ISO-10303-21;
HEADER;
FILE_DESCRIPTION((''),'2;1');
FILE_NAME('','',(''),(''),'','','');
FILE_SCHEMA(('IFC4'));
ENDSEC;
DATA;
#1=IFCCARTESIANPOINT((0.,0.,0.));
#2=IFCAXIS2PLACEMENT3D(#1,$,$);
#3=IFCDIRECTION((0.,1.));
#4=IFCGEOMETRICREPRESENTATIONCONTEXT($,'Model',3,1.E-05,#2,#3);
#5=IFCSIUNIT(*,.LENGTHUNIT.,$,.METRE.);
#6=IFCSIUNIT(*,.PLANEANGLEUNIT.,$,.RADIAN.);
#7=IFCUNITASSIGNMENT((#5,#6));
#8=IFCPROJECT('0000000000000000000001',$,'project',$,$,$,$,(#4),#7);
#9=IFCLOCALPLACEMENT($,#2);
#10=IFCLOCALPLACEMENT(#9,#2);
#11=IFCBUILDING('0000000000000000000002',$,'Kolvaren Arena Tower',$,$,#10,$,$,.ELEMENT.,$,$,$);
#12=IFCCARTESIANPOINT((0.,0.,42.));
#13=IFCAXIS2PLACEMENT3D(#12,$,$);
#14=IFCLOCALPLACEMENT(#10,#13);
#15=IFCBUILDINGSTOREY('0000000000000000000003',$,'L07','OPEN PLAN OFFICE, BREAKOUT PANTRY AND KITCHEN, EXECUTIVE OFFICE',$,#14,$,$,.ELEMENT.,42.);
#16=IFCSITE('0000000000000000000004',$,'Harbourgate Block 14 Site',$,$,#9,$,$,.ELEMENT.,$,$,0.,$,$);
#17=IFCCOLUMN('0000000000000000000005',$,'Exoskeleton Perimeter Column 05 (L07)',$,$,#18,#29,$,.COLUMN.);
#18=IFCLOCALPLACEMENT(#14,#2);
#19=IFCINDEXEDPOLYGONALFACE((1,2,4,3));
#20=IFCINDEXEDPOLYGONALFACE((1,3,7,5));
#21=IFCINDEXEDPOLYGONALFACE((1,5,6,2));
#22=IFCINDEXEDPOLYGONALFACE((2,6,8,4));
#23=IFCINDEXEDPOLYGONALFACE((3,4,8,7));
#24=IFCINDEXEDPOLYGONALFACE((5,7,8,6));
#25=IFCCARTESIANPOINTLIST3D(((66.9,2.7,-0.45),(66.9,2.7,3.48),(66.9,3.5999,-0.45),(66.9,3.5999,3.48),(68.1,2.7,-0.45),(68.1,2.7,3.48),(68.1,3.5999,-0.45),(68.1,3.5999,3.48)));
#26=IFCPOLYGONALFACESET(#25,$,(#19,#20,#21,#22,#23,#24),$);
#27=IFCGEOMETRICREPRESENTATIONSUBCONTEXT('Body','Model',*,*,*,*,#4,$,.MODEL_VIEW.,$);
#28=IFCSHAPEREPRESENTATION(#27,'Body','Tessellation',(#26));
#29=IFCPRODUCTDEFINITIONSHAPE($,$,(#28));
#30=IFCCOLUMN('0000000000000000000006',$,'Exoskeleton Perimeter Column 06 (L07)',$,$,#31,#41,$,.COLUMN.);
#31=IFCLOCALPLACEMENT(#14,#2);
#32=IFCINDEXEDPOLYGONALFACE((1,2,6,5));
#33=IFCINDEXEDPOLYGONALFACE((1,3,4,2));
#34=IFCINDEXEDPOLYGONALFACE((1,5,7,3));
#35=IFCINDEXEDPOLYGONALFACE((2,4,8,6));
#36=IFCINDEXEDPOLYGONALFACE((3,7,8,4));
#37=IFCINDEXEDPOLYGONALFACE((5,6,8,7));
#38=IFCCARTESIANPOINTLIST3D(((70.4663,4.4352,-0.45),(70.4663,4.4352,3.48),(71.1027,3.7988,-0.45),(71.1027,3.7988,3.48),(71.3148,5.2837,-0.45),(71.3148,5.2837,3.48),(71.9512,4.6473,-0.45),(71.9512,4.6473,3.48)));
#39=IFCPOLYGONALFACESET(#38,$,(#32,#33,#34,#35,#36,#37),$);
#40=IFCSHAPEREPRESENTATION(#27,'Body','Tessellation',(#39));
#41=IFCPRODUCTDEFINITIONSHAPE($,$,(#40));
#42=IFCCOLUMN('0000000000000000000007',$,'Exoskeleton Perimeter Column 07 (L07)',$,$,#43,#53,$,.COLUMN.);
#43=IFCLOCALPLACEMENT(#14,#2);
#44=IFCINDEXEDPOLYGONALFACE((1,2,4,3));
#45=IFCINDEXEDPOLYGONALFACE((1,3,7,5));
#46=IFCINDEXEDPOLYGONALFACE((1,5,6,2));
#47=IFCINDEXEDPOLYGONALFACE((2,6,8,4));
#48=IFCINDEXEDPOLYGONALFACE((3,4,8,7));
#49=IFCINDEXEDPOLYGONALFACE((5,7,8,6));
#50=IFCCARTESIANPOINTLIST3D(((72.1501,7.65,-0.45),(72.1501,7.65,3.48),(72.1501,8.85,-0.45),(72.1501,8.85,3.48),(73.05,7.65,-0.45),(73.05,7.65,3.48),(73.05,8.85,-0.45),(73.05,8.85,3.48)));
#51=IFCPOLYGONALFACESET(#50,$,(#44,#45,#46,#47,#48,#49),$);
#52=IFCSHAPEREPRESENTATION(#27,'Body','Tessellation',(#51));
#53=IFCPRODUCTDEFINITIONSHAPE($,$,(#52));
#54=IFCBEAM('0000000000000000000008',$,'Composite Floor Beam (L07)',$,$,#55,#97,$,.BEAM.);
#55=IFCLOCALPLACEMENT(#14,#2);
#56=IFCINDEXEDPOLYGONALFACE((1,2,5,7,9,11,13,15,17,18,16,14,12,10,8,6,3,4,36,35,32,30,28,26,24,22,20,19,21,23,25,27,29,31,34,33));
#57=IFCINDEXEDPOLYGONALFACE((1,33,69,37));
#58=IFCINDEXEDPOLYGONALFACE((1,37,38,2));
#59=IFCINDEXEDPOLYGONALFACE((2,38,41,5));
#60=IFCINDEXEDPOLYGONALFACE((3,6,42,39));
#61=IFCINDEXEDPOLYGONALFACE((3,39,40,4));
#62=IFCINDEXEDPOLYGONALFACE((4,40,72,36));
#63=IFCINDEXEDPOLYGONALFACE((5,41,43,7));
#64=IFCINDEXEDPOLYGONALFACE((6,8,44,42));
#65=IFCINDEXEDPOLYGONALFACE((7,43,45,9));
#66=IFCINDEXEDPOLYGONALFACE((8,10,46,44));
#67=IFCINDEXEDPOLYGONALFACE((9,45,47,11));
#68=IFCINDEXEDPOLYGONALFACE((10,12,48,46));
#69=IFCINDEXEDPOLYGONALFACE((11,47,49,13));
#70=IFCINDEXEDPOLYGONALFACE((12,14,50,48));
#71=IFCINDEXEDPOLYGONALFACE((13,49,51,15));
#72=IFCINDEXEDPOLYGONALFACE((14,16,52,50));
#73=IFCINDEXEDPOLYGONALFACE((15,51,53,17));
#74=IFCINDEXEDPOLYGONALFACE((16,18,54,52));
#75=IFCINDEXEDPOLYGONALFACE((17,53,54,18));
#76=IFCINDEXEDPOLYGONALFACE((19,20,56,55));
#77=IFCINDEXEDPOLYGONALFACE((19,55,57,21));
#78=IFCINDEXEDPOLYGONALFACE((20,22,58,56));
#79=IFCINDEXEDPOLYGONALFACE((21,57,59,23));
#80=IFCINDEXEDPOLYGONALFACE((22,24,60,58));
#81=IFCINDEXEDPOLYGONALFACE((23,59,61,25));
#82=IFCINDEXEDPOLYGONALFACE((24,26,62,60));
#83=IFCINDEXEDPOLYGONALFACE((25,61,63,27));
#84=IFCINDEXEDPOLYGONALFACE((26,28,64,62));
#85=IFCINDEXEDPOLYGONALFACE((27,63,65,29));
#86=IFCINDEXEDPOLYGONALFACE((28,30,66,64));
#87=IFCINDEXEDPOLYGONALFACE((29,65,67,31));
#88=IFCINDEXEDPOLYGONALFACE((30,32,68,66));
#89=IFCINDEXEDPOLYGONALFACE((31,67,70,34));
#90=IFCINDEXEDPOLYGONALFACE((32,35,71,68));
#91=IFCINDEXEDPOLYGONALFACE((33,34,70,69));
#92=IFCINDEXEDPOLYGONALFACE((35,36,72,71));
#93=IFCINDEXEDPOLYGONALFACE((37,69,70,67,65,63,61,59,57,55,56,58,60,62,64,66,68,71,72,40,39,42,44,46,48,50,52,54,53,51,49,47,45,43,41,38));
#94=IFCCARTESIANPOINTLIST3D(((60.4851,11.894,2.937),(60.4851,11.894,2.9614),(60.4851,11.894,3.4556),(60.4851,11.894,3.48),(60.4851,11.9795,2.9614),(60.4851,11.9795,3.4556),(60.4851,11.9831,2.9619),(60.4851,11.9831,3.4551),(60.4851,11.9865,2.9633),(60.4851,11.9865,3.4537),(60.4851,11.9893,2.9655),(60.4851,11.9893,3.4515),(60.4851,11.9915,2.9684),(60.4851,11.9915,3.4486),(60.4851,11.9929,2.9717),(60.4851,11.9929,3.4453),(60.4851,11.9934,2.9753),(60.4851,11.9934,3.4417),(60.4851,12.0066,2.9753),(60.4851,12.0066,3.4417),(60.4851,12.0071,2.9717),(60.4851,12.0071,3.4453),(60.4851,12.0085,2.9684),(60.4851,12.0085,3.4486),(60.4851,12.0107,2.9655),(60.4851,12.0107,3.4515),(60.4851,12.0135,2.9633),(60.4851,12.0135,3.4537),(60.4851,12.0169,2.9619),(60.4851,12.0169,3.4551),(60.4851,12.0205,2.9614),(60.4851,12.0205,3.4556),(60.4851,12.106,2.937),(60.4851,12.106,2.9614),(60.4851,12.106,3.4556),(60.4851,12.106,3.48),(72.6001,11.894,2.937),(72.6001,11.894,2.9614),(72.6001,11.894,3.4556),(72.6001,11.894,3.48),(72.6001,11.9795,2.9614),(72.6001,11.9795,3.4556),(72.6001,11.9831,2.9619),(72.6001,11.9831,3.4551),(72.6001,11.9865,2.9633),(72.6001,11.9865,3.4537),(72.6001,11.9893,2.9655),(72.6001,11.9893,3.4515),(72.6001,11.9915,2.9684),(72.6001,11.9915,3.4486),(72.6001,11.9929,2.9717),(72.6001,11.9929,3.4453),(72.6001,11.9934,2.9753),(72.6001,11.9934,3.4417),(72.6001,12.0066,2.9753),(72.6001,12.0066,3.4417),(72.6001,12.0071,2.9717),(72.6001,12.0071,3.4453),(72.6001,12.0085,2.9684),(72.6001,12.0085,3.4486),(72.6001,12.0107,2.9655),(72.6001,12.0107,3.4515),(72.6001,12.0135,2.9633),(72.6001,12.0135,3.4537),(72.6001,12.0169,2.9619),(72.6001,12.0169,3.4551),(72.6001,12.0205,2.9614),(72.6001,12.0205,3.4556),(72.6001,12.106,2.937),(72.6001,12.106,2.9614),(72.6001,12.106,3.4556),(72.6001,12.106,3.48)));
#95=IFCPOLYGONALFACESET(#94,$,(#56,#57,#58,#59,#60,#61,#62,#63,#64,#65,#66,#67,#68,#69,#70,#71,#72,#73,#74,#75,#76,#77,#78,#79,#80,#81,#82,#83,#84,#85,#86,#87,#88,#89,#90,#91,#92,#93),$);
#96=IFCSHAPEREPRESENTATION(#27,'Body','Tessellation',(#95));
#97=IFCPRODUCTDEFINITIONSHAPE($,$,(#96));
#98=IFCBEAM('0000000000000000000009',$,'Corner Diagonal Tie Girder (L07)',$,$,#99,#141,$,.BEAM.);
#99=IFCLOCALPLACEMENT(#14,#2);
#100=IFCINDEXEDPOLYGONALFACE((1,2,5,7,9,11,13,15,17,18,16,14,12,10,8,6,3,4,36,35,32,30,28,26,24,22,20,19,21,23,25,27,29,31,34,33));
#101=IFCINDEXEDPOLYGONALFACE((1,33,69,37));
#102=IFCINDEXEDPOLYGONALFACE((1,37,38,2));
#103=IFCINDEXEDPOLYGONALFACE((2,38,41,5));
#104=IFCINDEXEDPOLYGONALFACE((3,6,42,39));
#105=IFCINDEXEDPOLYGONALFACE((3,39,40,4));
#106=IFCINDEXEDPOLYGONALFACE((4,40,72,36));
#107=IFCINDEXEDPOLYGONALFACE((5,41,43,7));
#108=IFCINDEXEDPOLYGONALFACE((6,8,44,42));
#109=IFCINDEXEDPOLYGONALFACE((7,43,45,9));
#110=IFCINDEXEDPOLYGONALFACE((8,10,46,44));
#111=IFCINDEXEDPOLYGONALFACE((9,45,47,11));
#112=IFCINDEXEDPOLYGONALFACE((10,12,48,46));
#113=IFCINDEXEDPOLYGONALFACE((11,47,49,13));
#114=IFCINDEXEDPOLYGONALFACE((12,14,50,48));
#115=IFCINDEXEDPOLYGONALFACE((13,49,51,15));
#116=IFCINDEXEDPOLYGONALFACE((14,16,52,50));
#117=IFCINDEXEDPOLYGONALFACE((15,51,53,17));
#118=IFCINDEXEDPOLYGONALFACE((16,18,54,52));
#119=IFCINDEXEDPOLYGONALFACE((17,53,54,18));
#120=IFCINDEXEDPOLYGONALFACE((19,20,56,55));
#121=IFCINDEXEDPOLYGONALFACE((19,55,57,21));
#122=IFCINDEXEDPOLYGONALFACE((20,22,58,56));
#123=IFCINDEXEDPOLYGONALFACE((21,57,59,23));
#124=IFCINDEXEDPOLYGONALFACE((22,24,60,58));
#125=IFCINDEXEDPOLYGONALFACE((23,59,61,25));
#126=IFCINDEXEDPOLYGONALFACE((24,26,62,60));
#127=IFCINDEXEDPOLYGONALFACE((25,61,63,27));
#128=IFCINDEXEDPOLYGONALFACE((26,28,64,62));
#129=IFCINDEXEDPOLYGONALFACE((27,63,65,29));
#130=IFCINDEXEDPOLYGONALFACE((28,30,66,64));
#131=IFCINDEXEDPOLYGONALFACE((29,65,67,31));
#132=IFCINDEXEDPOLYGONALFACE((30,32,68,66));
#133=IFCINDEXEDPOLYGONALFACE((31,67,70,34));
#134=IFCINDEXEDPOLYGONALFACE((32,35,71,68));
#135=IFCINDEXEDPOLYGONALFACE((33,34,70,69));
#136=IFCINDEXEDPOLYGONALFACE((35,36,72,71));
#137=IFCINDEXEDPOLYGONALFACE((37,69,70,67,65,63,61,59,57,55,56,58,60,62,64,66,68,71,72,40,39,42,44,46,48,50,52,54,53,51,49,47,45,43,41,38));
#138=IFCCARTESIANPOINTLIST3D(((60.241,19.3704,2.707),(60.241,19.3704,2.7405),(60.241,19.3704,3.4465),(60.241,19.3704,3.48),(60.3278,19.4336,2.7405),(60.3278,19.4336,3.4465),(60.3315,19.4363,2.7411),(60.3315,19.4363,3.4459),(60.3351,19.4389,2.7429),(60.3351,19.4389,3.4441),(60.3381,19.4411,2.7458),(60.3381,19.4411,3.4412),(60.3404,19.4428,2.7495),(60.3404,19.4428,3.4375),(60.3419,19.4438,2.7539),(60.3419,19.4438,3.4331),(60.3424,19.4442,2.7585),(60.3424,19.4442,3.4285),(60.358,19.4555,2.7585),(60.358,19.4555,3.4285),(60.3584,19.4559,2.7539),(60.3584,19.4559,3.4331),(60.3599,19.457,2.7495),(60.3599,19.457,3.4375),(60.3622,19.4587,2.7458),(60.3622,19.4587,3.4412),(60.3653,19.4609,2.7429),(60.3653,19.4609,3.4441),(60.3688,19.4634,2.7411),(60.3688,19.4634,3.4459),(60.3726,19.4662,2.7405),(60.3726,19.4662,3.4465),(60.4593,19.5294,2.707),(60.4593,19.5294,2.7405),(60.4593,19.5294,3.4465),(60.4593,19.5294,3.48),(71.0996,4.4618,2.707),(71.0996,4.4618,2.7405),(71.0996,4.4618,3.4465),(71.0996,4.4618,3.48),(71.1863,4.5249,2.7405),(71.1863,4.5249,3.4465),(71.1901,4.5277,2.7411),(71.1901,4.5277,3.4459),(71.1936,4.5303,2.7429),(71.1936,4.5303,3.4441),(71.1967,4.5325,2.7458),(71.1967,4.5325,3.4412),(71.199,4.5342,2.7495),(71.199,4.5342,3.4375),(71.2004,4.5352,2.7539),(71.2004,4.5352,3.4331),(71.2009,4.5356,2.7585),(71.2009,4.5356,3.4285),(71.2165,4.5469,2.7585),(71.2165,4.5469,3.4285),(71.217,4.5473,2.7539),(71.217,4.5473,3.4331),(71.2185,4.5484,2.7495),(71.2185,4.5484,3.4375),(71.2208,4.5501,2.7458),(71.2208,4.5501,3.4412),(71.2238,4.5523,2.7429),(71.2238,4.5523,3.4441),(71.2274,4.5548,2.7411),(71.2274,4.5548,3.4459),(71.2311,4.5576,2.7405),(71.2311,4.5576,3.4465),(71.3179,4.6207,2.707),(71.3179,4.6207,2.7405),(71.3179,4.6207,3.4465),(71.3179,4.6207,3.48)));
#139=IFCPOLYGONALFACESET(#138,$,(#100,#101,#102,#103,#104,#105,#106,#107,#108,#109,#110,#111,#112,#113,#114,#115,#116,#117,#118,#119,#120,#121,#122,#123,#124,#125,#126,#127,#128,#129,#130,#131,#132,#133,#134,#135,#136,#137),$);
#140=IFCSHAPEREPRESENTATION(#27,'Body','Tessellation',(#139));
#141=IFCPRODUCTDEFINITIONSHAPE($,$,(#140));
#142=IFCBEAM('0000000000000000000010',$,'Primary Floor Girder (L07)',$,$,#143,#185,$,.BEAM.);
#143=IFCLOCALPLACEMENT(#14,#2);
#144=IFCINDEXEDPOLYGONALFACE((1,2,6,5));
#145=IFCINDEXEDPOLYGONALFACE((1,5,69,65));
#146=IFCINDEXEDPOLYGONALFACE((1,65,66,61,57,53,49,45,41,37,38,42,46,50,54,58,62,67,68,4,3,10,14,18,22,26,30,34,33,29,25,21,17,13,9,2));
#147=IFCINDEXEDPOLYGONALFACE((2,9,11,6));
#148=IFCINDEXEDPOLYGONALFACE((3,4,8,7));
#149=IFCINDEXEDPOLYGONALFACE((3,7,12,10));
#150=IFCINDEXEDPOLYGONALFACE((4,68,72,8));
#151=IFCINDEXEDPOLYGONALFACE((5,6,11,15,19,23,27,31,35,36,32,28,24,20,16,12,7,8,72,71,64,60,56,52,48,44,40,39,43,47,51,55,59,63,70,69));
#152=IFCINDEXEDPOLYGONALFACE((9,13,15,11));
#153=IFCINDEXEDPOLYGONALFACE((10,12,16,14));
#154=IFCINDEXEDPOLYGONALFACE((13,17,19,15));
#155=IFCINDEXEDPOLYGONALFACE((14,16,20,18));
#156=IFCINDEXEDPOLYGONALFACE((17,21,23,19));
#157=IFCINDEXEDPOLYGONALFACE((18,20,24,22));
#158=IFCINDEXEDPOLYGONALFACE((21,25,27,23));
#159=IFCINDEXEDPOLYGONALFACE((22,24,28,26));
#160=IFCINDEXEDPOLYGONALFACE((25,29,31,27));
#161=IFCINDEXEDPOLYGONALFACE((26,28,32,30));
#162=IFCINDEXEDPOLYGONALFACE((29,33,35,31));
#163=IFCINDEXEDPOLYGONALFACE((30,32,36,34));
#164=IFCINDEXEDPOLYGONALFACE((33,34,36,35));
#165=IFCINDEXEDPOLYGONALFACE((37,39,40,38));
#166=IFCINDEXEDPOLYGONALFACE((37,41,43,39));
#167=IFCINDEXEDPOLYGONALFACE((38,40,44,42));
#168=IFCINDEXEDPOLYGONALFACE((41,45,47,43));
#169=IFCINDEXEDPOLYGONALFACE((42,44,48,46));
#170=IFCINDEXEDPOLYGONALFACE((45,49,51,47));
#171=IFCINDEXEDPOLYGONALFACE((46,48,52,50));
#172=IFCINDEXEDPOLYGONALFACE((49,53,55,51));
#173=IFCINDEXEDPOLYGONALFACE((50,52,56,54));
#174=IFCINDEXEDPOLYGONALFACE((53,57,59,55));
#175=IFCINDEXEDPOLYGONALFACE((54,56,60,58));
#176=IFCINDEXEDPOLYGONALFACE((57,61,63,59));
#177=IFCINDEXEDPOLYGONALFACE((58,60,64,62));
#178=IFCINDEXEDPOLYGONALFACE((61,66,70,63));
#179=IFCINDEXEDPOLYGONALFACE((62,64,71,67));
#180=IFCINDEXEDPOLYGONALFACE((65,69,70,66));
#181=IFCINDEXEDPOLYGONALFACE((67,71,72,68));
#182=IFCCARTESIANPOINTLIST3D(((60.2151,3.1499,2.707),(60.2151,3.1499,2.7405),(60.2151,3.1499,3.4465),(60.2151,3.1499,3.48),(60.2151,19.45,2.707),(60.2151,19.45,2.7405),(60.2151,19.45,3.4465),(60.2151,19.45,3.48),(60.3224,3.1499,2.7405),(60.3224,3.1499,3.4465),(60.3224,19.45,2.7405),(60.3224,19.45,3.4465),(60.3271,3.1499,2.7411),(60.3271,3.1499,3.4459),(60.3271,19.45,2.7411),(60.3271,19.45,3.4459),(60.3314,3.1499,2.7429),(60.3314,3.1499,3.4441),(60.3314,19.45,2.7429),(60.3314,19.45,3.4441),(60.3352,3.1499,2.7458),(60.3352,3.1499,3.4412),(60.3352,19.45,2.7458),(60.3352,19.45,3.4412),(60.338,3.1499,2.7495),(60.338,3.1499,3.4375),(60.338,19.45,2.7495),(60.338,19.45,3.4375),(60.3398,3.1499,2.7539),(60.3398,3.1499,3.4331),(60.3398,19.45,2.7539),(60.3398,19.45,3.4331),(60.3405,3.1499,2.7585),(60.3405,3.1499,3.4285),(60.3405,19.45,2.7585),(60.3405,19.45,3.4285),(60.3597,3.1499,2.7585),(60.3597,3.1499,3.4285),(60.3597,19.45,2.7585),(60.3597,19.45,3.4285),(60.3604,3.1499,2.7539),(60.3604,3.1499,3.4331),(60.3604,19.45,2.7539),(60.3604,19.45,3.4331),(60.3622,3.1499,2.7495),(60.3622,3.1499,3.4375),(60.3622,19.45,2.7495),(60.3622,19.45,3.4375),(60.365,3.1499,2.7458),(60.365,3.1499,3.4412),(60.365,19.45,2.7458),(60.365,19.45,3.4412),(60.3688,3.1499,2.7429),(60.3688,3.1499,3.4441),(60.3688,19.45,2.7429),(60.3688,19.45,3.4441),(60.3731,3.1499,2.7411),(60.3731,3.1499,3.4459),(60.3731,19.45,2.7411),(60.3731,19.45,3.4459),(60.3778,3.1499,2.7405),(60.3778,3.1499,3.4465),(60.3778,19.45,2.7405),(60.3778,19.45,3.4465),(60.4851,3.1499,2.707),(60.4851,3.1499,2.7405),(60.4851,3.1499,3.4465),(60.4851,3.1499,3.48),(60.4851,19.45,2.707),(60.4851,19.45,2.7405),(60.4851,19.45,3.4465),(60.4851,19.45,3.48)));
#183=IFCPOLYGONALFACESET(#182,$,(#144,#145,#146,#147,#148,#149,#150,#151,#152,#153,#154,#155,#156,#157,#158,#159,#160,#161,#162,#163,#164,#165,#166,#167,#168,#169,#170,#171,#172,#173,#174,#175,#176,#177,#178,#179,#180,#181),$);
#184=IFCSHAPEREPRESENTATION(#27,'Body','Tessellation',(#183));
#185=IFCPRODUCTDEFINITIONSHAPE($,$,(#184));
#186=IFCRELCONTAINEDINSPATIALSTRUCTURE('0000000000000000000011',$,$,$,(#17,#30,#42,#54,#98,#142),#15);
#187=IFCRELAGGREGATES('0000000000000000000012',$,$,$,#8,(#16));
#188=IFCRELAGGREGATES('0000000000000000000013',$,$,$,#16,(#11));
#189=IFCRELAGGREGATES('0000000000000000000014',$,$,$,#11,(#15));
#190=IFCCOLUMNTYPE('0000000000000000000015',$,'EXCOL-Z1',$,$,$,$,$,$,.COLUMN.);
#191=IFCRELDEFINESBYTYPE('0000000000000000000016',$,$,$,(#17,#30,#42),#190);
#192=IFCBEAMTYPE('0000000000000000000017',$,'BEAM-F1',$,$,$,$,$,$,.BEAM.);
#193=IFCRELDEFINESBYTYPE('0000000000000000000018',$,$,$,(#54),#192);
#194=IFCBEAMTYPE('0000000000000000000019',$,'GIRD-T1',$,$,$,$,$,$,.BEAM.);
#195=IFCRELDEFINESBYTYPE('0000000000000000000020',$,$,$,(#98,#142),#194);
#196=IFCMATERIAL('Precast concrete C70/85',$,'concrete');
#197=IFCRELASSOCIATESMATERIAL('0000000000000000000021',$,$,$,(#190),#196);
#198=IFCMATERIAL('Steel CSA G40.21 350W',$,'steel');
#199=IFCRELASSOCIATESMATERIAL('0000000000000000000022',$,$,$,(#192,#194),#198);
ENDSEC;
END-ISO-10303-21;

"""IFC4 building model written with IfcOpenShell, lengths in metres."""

from ifc_helpers import new_model, si_unit, direction, frame, origin, origin_2d, place, context, subcontext, project, spatial, rectangle, i_section, extrude, material, material_profile, profile_set, type_object, element, save


model = new_model("IFC4")

# Units and contexts
model_context = context("Model", 3, precision=1e-05, world=origin(), true_north=direction((0.0, 1.0)))
body_context = subcontext(model_context, "Body", "Model", "MODEL_VIEW")
ifc_project = project(units=[si_unit("LENGTHUNIT", "METRE"), si_unit("PLANEANGLEUNIT", "RADIAN")], contexts=[model_context])

# Site, building, storey
site_placement = place(None, origin())
site = spatial("IfcSite", under=ifc_project, at=site_placement, Name="Harbourgate Block 14 Site", CompositionType="ELEMENT", RefElevation=0.0)
building_placement = place(site_placement, origin())
building = spatial("IfcBuilding", under=site, at=building_placement, Name="Kolvaren Arena Tower", CompositionType="ELEMENT")
storey_placement = place(building_placement, frame((0.0, 0.0, 42.0)))
storey = spatial("IfcBuildingStorey", under=building, at=storey_placement, Name="L07", Description="OPEN PLAN OFFICE, BREAKOUT PANTRY AND KITCHEN, EXECUTIVE OFFICE", CompositionType="ELEMENT", Elevation=42.0)

# Columns
ifc_material_1 = material(Name="Precast concrete C70/85", Category="concrete")
ifc_material_profile_1 = material_profile(ifc_material_1, rectangle(XDim=1.2, YDim=0.8999, at=origin_2d()), Name="RC-1200x900")
ifc_profile_set_1 = profile_set([ifc_material_profile_1], Name="Precast concrete C70/85")
column_type = type_object("IfcColumnType", Name="EXCOL-Z1", PredefinedType="COLUMN", material=ifc_profile_set_1)
for number, where, z_axis, x_axis, name in (
    (1, (67.5, 3.1499, -0.45), (0.0, 0.0, 1.0), (1.0, 0.0, 0.0), "Exoskeleton Perimeter Column 05 (L07)"),
    (2, (71.2087, 4.5413, -0.45), (0.0, 0.0, 1.0), (0.707107, 0.707107, 0.0), "Exoskeleton Perimeter Column 06 (L07)"),
    (3, (72.6001, 8.25, -0.45), (0.0, 0.0, 1.0), (0.0, 1.0, 0.0), "Exoskeleton Perimeter Column 07 (L07)"),
):
    element("IfcColumn", number, at=place(storey_placement, frame(where, z_axis=z_axis, x_axis=x_axis)), inside=storey, type_object=column_type, Name=name, PredefinedType="COLUMN", context=body_context, shape_type="SweptSolid", body=[
        extrude(rectangle(XDim=1.2, YDim=0.8999, at=origin_2d()), origin(), (0.0, 0.0, 1.0), 3.9299),
    ])

# Beams
ifc_material_2 = material(Name="Steel CSA G40.21 350W", Category="steel")
ifc_material_profile_2 = material_profile(ifc_material_2, i_section(OverallWidth=0.2119, OverallDepth=0.543, WebThickness=0.0132, FlangeThickness=0.0244, FilletRadius=0.0139, at=origin_2d()), Name="W530x150")
ifc_profile_set_2 = profile_set([ifc_material_profile_2], Name="Steel CSA G40.21 350W")
beam_type_1 = type_object("IfcBeamType", Name="BEAM-F1", PredefinedType="BEAM", material=ifc_profile_set_2)
beam_1_placement = place(storey_placement, frame((60.4851, 12.0, 3.2085), z_axis=(1.0, 0.0, 0.0), x_axis=(0.0, 1.0, 0.0)))
element("IfcBeam", 4, at=beam_1_placement, inside=storey, type_object=beam_type_1, Name="Composite Floor Beam (L07)", PredefinedType="BEAM", context=body_context, shape_type="SweptSolid", body=[
    extrude(i_section(OverallWidth=0.2119, OverallDepth=0.543, WebThickness=0.0132, FlangeThickness=0.0244, FilletRadius=0.0139, at=origin_2d()), origin(), (0.0, 0.0, 1.0), 12.115),
])
ifc_material_profile_3 = material_profile(ifc_material_2, i_section(OverallWidth=0.27, OverallDepth=0.7729, WebThickness=0.0193, FlangeThickness=0.0334, FilletRadius=0.0181, at=origin_2d()), Name="W760x257")
ifc_profile_set_3 = profile_set([ifc_material_profile_3], Name="Steel CSA G40.21 350W")
beam_type_2 = type_object("IfcBeamType", Name="GIRD-T1", PredefinedType="BEAM", material=ifc_profile_set_3)
beam_2_placement = place(storey_placement, frame((71.2087, 4.5413, 3.0935), z_axis=(-0.588737, 0.808324, 0.0), x_axis=(-0.808324, -0.588737, 0.0)))
element("IfcBeam", 5, at=beam_2_placement, inside=storey, type_object=beam_type_2, Name="Corner Diagonal Tie Girder (L07)", PredefinedType="BEAM", context=body_context, shape_type="SweptSolid", body=[
    extrude(i_section(OverallWidth=0.27, OverallDepth=0.7729, WebThickness=0.0193, FlangeThickness=0.0334, FilletRadius=0.0181, at=origin_2d()), origin(), (0.0, 0.0, 1.0), 18.4438),
])
beam_3_placement = place(storey_placement, frame((60.3501, 3.1499, 3.0935), z_axis=(0.0, 1.0, 0.0), x_axis=(-1.0, 0.0, 0.0)))
element("IfcBeam", 6, at=beam_3_placement, inside=storey, type_object=beam_type_2, Name="Primary Floor Girder (L07)", PredefinedType="BEAM", context=body_context, shape_type="SweptSolid", body=[
    extrude(i_section(OverallWidth=0.27, OverallDepth=0.7729, WebThickness=0.0193, FlangeThickness=0.0334, FilletRadius=0.0181, at=origin_2d()), origin(), (0.0, 0.0, 1.0), 16.3),
])

save(model, "model.ifc")
